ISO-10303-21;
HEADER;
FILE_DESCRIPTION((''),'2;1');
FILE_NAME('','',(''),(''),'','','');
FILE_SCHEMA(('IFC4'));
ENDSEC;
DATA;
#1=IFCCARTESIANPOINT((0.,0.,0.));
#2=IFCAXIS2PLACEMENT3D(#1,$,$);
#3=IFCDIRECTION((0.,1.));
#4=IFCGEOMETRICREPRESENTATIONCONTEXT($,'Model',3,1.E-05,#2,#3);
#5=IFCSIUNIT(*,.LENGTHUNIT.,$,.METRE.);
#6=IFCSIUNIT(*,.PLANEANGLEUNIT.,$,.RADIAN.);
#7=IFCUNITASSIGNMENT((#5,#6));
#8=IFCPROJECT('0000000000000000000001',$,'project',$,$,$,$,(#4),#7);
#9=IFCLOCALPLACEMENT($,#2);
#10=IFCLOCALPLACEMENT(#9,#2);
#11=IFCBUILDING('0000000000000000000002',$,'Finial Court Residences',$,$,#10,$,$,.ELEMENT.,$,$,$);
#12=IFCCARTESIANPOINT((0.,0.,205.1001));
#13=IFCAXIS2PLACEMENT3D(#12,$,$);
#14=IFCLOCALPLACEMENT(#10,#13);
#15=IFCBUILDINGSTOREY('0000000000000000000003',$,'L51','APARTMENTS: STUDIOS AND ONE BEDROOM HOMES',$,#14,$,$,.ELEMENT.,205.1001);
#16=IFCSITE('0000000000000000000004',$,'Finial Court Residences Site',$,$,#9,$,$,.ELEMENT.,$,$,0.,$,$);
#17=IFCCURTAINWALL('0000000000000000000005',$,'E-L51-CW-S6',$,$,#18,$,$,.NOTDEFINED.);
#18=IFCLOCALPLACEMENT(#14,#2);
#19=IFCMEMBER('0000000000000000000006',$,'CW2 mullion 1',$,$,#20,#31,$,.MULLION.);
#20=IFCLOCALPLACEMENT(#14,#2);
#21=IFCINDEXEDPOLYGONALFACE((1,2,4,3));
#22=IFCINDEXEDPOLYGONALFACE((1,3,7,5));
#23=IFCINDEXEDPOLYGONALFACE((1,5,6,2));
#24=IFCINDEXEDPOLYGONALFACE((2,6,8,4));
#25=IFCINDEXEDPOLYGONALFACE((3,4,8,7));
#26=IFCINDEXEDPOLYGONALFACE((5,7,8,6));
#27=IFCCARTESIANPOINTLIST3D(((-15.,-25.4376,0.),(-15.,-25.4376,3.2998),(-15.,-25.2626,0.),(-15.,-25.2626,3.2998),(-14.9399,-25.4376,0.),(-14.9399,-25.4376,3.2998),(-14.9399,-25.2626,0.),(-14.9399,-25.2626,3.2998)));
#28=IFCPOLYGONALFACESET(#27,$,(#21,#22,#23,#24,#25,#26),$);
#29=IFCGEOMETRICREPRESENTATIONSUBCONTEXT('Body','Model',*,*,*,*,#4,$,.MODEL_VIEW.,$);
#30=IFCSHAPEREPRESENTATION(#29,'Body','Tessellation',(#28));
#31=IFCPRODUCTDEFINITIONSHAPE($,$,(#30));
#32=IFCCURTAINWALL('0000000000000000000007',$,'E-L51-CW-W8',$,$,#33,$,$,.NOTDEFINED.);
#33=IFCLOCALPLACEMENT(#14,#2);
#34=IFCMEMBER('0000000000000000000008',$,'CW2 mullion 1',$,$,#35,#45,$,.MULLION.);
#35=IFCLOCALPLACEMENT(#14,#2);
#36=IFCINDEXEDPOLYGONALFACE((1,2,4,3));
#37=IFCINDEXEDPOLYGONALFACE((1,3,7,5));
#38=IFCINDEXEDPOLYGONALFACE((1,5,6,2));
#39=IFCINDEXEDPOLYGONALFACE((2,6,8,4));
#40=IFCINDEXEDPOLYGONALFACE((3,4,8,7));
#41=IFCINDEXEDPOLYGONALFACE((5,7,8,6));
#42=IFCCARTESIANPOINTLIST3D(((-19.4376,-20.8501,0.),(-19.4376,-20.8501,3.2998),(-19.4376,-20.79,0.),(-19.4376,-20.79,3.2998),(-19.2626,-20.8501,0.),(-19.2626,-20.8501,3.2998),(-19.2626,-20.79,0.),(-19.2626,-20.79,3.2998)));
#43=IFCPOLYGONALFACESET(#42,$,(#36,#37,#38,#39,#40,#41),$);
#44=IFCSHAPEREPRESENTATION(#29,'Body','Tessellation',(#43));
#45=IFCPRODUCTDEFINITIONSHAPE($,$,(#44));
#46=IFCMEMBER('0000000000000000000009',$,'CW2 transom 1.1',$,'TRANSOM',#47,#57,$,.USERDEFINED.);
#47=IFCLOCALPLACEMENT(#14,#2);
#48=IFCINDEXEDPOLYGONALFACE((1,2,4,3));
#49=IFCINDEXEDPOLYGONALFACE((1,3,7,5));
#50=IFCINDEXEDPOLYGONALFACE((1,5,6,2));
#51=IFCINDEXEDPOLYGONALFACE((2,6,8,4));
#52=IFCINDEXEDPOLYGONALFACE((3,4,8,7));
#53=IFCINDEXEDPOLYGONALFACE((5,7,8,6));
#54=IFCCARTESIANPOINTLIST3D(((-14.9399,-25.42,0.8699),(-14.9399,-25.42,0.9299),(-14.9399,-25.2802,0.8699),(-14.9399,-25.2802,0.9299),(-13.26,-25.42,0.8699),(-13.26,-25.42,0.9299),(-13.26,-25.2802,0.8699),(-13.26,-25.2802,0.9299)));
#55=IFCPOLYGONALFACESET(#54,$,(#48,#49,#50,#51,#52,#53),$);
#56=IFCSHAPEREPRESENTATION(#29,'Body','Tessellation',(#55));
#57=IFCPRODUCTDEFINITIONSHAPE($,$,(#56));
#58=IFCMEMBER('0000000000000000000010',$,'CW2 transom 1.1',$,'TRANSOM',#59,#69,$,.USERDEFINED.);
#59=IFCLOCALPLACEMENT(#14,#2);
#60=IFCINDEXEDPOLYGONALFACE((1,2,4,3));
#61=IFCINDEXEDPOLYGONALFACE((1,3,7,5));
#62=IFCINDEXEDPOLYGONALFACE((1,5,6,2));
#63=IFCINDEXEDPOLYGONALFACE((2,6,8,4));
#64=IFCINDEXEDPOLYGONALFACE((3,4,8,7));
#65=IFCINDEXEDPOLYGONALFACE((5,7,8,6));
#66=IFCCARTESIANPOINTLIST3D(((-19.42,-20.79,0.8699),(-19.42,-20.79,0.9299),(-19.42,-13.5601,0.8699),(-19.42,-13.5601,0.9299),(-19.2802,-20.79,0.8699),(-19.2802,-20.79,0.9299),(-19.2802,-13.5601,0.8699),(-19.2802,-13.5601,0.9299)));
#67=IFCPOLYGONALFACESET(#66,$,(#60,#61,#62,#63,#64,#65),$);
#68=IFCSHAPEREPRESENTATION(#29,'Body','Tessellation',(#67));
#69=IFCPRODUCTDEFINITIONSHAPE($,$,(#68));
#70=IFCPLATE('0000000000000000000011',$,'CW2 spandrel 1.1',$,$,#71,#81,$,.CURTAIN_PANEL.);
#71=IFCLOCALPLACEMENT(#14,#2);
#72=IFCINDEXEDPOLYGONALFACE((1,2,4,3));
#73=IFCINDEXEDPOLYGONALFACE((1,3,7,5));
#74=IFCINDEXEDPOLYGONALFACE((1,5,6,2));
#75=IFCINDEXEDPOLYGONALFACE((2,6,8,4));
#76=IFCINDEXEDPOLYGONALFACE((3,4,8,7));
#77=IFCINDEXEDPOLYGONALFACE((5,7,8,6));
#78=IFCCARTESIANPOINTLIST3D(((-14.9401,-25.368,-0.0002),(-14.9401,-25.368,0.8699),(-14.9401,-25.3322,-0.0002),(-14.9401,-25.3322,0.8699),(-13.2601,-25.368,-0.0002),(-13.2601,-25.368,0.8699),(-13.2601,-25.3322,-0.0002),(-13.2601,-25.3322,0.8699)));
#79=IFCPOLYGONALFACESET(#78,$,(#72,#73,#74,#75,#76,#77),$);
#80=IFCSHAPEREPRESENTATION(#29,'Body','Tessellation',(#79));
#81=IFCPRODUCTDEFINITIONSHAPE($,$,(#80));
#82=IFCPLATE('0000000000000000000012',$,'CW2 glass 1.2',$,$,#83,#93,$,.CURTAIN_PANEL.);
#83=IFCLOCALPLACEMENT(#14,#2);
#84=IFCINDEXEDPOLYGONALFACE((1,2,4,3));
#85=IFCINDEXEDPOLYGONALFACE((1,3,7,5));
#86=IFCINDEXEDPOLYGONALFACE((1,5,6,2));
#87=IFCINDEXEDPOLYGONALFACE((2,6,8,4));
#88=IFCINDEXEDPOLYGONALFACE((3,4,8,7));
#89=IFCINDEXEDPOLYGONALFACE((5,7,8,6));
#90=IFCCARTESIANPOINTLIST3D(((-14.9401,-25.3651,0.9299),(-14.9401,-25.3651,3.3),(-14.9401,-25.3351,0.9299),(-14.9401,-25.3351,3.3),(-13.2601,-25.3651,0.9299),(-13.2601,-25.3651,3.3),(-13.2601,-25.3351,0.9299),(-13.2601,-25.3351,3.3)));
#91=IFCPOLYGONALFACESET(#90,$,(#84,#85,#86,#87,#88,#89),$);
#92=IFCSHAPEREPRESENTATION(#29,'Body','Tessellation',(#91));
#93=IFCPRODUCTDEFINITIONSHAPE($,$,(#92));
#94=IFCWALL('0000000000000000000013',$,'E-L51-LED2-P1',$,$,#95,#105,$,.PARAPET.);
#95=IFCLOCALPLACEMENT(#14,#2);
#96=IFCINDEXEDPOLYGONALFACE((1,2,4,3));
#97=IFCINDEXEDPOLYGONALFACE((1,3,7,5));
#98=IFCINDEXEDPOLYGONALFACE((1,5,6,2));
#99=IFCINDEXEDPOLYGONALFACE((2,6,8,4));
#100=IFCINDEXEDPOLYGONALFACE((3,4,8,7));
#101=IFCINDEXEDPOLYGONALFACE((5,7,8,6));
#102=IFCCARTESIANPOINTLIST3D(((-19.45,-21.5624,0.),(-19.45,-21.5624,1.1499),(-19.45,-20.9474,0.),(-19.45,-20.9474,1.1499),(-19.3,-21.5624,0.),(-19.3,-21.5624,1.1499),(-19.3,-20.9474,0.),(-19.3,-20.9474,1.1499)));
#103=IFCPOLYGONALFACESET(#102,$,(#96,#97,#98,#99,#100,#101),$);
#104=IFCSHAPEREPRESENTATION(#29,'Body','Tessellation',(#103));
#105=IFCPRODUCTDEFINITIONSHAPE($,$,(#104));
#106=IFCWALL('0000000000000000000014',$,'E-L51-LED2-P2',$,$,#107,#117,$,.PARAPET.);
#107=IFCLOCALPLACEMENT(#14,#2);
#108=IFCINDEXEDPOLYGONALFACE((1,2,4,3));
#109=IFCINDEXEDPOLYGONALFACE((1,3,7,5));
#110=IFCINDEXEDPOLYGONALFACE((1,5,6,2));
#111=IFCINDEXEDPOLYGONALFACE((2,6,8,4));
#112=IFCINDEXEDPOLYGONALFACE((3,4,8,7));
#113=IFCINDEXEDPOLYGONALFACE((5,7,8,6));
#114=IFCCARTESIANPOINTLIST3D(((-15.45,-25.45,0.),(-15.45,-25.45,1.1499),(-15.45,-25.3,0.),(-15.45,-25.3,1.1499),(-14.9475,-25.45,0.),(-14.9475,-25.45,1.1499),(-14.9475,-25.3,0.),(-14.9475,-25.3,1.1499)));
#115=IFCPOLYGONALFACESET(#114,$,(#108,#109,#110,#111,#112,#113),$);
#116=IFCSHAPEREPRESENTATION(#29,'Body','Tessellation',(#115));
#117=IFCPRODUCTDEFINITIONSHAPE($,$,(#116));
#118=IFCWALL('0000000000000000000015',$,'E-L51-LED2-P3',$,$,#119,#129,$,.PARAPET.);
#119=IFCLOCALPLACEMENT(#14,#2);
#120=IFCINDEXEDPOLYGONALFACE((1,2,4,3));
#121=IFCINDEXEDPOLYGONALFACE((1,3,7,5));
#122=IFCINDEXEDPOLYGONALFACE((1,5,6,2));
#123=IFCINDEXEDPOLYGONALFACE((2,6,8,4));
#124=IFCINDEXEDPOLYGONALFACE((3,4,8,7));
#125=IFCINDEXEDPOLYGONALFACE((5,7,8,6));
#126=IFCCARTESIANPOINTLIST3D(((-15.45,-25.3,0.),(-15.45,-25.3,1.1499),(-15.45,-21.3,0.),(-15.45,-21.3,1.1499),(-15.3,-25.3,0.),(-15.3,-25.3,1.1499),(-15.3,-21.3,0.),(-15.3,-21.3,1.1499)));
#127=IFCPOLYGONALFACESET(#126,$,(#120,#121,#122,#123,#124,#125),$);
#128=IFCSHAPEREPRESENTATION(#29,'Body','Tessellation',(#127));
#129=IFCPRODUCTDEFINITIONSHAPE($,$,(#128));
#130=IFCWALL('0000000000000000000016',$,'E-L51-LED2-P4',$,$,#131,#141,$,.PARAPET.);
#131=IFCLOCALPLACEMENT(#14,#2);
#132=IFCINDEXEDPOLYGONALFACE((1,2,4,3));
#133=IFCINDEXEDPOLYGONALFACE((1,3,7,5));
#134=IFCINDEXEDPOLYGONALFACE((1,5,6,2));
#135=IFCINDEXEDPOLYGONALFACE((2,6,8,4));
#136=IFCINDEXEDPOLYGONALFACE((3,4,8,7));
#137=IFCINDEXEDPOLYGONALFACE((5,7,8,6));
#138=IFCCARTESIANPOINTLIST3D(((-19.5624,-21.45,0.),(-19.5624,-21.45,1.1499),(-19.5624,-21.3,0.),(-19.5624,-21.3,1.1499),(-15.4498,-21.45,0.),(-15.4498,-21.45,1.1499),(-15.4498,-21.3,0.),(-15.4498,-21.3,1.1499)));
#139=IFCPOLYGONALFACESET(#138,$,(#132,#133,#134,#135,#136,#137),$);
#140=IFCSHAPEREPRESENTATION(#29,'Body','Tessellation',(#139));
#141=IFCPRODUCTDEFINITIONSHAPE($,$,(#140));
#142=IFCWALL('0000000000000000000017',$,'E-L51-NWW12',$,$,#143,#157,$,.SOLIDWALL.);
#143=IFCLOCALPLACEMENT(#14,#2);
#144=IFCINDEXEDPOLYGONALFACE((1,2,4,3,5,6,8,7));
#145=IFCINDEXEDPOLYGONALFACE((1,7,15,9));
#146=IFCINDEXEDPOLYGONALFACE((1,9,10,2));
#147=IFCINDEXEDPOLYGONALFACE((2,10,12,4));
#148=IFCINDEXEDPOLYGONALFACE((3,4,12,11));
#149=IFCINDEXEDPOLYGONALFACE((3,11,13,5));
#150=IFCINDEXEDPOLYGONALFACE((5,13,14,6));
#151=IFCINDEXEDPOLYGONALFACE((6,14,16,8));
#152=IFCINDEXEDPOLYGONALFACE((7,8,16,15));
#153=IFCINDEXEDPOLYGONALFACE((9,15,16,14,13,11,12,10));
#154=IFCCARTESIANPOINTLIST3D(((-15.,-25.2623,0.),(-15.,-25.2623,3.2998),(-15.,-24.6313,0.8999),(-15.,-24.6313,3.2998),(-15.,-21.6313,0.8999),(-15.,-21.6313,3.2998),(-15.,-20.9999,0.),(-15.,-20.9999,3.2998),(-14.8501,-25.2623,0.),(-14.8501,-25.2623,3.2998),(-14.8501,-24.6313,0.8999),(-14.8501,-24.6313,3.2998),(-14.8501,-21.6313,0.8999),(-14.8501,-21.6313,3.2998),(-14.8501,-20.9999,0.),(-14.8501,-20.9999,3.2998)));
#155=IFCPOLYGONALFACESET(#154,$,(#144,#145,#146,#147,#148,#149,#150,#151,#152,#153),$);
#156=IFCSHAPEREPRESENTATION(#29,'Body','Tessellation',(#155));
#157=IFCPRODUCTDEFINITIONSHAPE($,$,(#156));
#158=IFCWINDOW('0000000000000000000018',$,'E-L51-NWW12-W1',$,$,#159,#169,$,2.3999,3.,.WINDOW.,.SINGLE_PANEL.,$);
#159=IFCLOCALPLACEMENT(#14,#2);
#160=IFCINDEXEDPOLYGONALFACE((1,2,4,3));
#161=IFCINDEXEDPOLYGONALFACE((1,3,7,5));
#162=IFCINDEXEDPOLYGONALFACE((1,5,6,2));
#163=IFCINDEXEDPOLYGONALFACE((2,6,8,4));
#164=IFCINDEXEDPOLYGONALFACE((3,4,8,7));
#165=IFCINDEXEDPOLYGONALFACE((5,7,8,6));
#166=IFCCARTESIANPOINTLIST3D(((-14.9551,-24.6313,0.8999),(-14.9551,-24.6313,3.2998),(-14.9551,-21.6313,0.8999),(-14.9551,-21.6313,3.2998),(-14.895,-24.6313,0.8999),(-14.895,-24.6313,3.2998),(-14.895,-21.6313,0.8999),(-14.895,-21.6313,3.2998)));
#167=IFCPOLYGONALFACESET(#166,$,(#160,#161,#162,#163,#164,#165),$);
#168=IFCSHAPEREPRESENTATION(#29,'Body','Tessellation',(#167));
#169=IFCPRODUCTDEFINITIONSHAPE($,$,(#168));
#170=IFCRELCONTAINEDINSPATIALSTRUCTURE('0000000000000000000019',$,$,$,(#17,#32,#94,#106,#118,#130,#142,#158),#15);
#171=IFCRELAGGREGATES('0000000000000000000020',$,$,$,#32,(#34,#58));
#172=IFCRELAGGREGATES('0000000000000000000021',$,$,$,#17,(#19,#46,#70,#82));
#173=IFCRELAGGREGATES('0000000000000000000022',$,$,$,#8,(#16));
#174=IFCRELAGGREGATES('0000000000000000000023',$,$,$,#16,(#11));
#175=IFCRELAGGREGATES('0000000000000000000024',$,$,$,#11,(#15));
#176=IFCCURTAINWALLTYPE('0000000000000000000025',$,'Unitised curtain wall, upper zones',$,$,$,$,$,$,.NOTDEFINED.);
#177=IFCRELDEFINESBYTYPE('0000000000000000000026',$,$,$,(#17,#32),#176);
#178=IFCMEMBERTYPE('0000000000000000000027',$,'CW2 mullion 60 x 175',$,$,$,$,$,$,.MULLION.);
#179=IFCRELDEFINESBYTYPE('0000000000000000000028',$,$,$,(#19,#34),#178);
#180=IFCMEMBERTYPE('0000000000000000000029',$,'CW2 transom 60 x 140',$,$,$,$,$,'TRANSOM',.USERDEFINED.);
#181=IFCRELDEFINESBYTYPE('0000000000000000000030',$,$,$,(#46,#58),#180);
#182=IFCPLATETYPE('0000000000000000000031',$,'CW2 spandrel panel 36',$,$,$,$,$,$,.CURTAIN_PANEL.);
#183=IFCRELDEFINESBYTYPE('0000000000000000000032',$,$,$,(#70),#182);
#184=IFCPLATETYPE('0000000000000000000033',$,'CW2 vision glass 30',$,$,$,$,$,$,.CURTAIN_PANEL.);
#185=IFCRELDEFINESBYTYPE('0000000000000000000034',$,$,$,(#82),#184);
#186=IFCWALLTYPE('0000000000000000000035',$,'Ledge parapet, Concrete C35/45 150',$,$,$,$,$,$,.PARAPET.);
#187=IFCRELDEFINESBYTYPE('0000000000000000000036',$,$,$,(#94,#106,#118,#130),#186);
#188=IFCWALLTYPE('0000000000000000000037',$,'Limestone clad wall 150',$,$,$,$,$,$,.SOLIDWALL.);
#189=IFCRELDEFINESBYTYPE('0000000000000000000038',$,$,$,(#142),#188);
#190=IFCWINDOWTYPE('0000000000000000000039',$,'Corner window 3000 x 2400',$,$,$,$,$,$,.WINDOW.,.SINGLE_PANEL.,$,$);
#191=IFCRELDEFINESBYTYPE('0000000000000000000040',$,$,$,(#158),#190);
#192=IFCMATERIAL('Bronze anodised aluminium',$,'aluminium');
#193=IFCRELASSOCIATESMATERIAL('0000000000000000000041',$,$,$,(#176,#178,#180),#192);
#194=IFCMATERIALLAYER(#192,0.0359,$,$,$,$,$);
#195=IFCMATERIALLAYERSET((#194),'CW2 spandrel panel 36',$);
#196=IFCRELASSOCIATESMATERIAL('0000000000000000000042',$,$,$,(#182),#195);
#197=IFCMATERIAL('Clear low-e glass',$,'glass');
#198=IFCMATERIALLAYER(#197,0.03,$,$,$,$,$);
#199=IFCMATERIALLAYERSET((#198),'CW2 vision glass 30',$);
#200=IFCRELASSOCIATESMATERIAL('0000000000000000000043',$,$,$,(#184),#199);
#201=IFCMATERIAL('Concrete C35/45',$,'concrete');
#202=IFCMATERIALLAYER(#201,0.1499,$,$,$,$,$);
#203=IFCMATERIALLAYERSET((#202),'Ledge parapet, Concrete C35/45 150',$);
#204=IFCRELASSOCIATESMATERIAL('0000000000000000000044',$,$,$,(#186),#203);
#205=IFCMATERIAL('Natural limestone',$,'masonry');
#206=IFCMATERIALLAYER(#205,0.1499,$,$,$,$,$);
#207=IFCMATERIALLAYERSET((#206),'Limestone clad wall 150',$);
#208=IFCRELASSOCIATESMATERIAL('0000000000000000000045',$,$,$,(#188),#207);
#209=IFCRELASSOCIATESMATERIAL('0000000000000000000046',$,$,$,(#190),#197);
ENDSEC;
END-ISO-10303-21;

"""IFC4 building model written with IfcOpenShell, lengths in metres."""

from ifc_helpers import new_model, si_unit, direction, frame, frame_2d, origin, origin_2d, place, context, subcontext, project, spatial, rectangle, extrude, material, layer, layer_set, material_profile, profile_set, type_object, element, fill, aggregate, save


model = new_model("IFC4")

# Units and contexts
model_context = context("Model", 3, precision=1e-05, world=origin(), true_north=direction((0.0, 1.0)))
body_context = subcontext(model_context, "Body", "Model", "MODEL_VIEW")
ifc_project = project(units=[si_unit("LENGTHUNIT", "METRE"), si_unit("PLANEANGLEUNIT", "RADIAN")], contexts=[model_context])

# Site, building, storey
site_placement = place(None, origin())
site = spatial("IfcSite", under=ifc_project, at=site_placement, Name="Finial Court Residences Site", CompositionType="ELEMENT", RefElevation=0.0)
building_placement = place(site_placement, origin())
building = spatial("IfcBuilding", under=site, at=building_placement, Name="Finial Court Residences", CompositionType="ELEMENT")
storey_placement = place(building_placement, frame((0.0, 0.0, 205.1001)))
storey = spatial("IfcBuildingStorey", under=building, at=storey_placement, Name="L51", Description="APARTMENTS: STUDIOS AND ONE BEDROOM HOMES", CompositionType="ELEMENT", Elevation=205.1001)

# Curtain walls, members
ifc_material_1 = material(Name="Bronze anodised aluminium", Category="aluminium")
curtain_wall_type = type_object("IfcCurtainWallType", Name="Unitised curtain wall, upper zones", PredefinedType="NOTDEFINED", material=ifc_material_1)
curtain_wall_1_placement = place(storey_placement, origin())
curtain_wall_1 = element("IfcCurtainWall", 1, at=curtain_wall_1_placement, inside=storey, type_object=curtain_wall_type, Name="E-L51-CW-S6", PredefinedType="NOTDEFINED")
ifc_material_profile_1 = material_profile(ifc_material_1, rectangle(XDim=0.175, YDim=0.0601, at=origin_2d()), Name="CW2 mullion 60 x 175")
ifc_profile_set_1 = profile_set([ifc_material_profile_1], Name="Bronze anodised aluminium")
member_type_1 = type_object("IfcMemberType", Name="CW2 mullion 60 x 175", PredefinedType="MULLION", material=ifc_profile_set_1)
member_1_placement = place(storey_placement, frame((-14.97, -25.3501, 0.0), z_axis=(0.0, 0.0, 1.0), x_axis=(0.0, 1.0, 0.0)))
member_1 = element("IfcMember", 2, at=member_1_placement, type_object=member_type_1, Name="CW2 mullion 1", PredefinedType="MULLION", context=body_context, shape_type="SweptSolid", body=[
    extrude(rectangle(XDim=0.175, YDim=0.0601, at=origin_2d()), origin(), (0.0, 0.0, 1.0), 3.2998),
])
curtain_wall_2_placement = place(storey_placement, origin())
curtain_wall_2 = element("IfcCurtainWall", 3, at=curtain_wall_2_placement, inside=storey, type_object=curtain_wall_type, Name="E-L51-CW-W8", PredefinedType="NOTDEFINED")
member_2_placement = place(storey_placement, frame((-19.3501, -20.8201, 0.0), z_axis=(0.0, 0.0, 1.0), x_axis=(-1.0, 0.0, 0.0)))
member_2 = element("IfcMember", 4, at=member_2_placement, type_object=member_type_1, Name="CW2 mullion 1", PredefinedType="MULLION", context=body_context, shape_type="SweptSolid", body=[
    extrude(rectangle(XDim=0.175, YDim=0.0601, at=origin_2d()), origin(), (0.0, 0.0, 1.0), 3.2998),
])

# Members
ifc_material_profile_2 = material_profile(ifc_material_1, rectangle(XDim=0.1399, YDim=0.0601, at=origin_2d()), Name="CW2 transom 60 x 140")
ifc_profile_set_2 = profile_set([ifc_material_profile_2], Name="Bronze anodised aluminium")
member_type_2 = type_object("IfcMemberType", Name="CW2 transom 60 x 140", ElementType="TRANSOM", PredefinedType="USERDEFINED", material=ifc_profile_set_2)
member_3_placement = place(storey_placement, frame((-14.9399, -25.3501, 0.8999), z_axis=(1.0, 0.0, 0.0), x_axis=(0.0, 1.0, 0.0)))
member_3 = element("IfcMember", 5, at=member_3_placement, type_object=member_type_2, Name="CW2 transom 1.1", ObjectType="TRANSOM", PredefinedType="USERDEFINED", context=body_context, shape_type="SweptSolid", body=[
    extrude(rectangle(XDim=0.1399, YDim=0.0601, at=origin_2d()), origin(), (0.0, 0.0, 1.0), 1.6799),
])
member_4_placement = place(storey_placement, frame((-19.3501, -20.79, 0.8999), z_axis=(0.0, 1.0, 0.0), x_axis=(-1.0, 0.0, 0.0)))
member_4 = element("IfcMember", 6, at=member_4_placement, type_object=member_type_2, Name="CW2 transom 1.1", ObjectType="TRANSOM", PredefinedType="USERDEFINED", context=body_context, shape_type="SweptSolid", body=[
    extrude(rectangle(XDim=0.1399, YDim=0.0601, at=origin_2d()), origin(), (0.0, 0.0, 1.0), 7.23),
])
aggregate(curtain_wall_2, [member_2, member_4])

# Plates
ifc_layer_1 = layer(ifc_material_1, 0.0359)
ifc_layer_set_1 = layer_set([ifc_layer_1], Name="CW2 spandrel panel 36")
plate_type_1 = type_object("IfcPlateType", Name="CW2 spandrel panel 36", PredefinedType="CURTAIN_PANEL", material=ifc_layer_set_1)
plate_1_placement = place(storey_placement, frame((-14.1001, -25.3501, -0.0002), z_axis=(0.0, 0.0, 1.0), x_axis=(1.0, 0.0, 0.0)))
plate_1 = element("IfcPlate", 7, at=plate_1_placement, type_object=plate_type_1, Name="CW2 spandrel 1.1", PredefinedType="CURTAIN_PANEL", context=body_context, shape_type="SweptSolid", body=[
    extrude(rectangle(XDim=1.6799, YDim=0.0359, at=origin_2d()), origin(), (0.0, 0.0, 1.0), 0.8701),
])
ifc_material_2 = material(Name="Clear low-e glass", Category="glass")
ifc_layer_2 = layer(ifc_material_2, 0.03)
ifc_layer_set_2 = layer_set([ifc_layer_2], Name="CW2 vision glass 30")
plate_type_2 = type_object("IfcPlateType", Name="CW2 vision glass 30", PredefinedType="CURTAIN_PANEL", material=ifc_layer_set_2)
plate_2_placement = place(storey_placement, frame((-14.1001, -25.3501, 0.9299), z_axis=(0.0, 0.0, 1.0), x_axis=(1.0, 0.0, 0.0)))
plate_2 = element("IfcPlate", 8, at=plate_2_placement, type_object=plate_type_2, Name="CW2 glass 1.2", PredefinedType="CURTAIN_PANEL", context=body_context, shape_type="SweptSolid", body=[
    extrude(rectangle(XDim=1.6799, YDim=0.03, at=origin_2d()), origin(), (0.0, 0.0, 1.0), 2.3701),
])
aggregate(curtain_wall_1, [member_1, member_3, plate_1, plate_2])

# Walls
ifc_material_3 = material(Name="Concrete C35/45", Category="concrete")
ifc_layer_3 = layer(ifc_material_3, 0.1499)
ifc_layer_set_3 = layer_set([ifc_layer_3], Name="Ledge parapet, Concrete C35/45 150")
wall_type_1 = type_object("IfcWallType", Name="Ledge parapet, Concrete C35/45 150", PredefinedType="PARAPET", material=ifc_layer_set_3)
wall_1_placement = place(storey_placement, frame((-19.375, -21.5625, 0.0), z_axis=(0.0, 0.0, 1.0), x_axis=(0.0, 1.0, 0.0)))
element("IfcWall", 9, at=wall_1_placement, inside=storey, type_object=wall_type_1, Name="E-L51-LED2-P1", PredefinedType="PARAPET", context=body_context, shape_type="SweptSolid", body=[
    extrude(rectangle(XDim=0.615, YDim=0.1499, at=frame_2d((0.3076, 0.0))), origin(), (0.0, 0.0, 1.0), 1.1499),
])
wall_2_placement = place(storey_placement, frame((-14.9475, -25.375, 0.0), z_axis=(0.0, 0.0, 1.0), x_axis=(-1.0, 0.0, 0.0)))
element("IfcWall", 10, at=wall_2_placement, inside=storey, type_object=wall_type_1, Name="E-L51-LED2-P2", PredefinedType="PARAPET", context=body_context, shape_type="SweptSolid", body=[
    extrude(rectangle(XDim=0.5024, YDim=0.1499, at=frame_2d((0.2512, 0.0))), origin(), (0.0, 0.0, 1.0), 1.1499),
])
wall_3_placement = place(storey_placement, frame((-15.375, -25.3, 0.0), z_axis=(0.0, 0.0, 1.0), x_axis=(0.0, 1.0, 0.0)))
element("IfcWall", 11, at=wall_3_placement, inside=storey, type_object=wall_type_1, Name="E-L51-LED2-P3", PredefinedType="PARAPET", context=body_context, shape_type="SweptSolid", body=[
    extrude(rectangle(XDim=4.0, YDim=0.1499, at=frame_2d((2.0, 0.0))), origin(), (0.0, 0.0, 1.0), 1.1499),
])
wall_4_placement = place(storey_placement, frame((-15.45, -21.375, 0.0), z_axis=(0.0, 0.0, 1.0), x_axis=(-1.0, 0.0, 0.0)))
element("IfcWall", 12, at=wall_4_placement, inside=storey, type_object=wall_type_1, Name="E-L51-LED2-P4", PredefinedType="PARAPET", context=body_context, shape_type="SweptSolid", body=[
    extrude(rectangle(XDim=4.1125, YDim=0.1499, at=frame_2d((2.0562, 0.0))), origin(), (0.0, 0.0, 1.0), 1.1499),
])

# Wall, opening, window
ifc_material_4 = material(Name="Natural limestone", Category="masonry")
ifc_layer_4 = layer(ifc_material_4, 0.1499)
ifc_layer_set_4 = layer_set([ifc_layer_4], Name="Limestone clad wall 150")
wall_type_2 = type_object("IfcWallType", Name="Limestone clad wall 150", PredefinedType="SOLIDWALL", material=ifc_layer_set_4)
wall_5_placement = place(storey_placement, frame((-14.925, -25.2625, 0.0), z_axis=(0.0, 0.0, 1.0), x_axis=(0.0, 1.0, 0.0)))
wall_5 = element("IfcWall", 13, at=wall_5_placement, inside=storey, type_object=wall_type_2, Name="E-L51-NWW12", PredefinedType="SOLIDWALL", context=body_context, shape_type="SweptSolid", body=[
    extrude(rectangle(XDim=4.2625, YDim=0.1499, at=frame_2d((2.1313, 0.0))), origin(), (0.0, 0.0, 1.0), 3.2998),
])
opening_1_placement = place(wall_5_placement, frame((0.6311, 0.0, 0.8999)))
opening_1 = element("IfcOpeningElement", 14, at=opening_1_placement, cuts=wall_5, PredefinedType="OPENING", context=body_context, shape_type="SweptSolid", body=[
    extrude(rectangle(XDim=3.0, YDim=2.3999, at=frame_2d((1.5, 1.2))), frame((0.0, 0.085, 0.0), z_axis=(0.0, -1.0, 0.0), x_axis=(1.0, 0.0, 0.0)), (0.0, 0.0, 1.0), 0.1699),
])
window_type = type_object("IfcWindowType", Name="Corner window 3000 x 2400", PartitioningType="SINGLE_PANEL", PredefinedType="WINDOW", material=ifc_material_2)
window_1_placement = place(opening_1_placement, origin())
window_1 = element("IfcWindow", 15, at=window_1_placement, inside=storey, type_object=window_type, Name="E-L51-NWW12-W1", OverallHeight=2.3999, OverallWidth=3.0, PartitioningType="SINGLE_PANEL", PredefinedType="WINDOW", context=body_context, shape_type="SweptSolid", body=[
    extrude(rectangle(XDim=3.0, YDim=2.3999, at=frame_2d((1.5, 1.2))), frame((0.0, 0.03, 0.0), z_axis=(0.0, -1.0, 0.0), x_axis=(1.0, 0.0, 0.0)), (0.0, 0.0, 1.0), 0.0601),
])
fill(opening_1, window_1)

save(model, "model.ifc")
